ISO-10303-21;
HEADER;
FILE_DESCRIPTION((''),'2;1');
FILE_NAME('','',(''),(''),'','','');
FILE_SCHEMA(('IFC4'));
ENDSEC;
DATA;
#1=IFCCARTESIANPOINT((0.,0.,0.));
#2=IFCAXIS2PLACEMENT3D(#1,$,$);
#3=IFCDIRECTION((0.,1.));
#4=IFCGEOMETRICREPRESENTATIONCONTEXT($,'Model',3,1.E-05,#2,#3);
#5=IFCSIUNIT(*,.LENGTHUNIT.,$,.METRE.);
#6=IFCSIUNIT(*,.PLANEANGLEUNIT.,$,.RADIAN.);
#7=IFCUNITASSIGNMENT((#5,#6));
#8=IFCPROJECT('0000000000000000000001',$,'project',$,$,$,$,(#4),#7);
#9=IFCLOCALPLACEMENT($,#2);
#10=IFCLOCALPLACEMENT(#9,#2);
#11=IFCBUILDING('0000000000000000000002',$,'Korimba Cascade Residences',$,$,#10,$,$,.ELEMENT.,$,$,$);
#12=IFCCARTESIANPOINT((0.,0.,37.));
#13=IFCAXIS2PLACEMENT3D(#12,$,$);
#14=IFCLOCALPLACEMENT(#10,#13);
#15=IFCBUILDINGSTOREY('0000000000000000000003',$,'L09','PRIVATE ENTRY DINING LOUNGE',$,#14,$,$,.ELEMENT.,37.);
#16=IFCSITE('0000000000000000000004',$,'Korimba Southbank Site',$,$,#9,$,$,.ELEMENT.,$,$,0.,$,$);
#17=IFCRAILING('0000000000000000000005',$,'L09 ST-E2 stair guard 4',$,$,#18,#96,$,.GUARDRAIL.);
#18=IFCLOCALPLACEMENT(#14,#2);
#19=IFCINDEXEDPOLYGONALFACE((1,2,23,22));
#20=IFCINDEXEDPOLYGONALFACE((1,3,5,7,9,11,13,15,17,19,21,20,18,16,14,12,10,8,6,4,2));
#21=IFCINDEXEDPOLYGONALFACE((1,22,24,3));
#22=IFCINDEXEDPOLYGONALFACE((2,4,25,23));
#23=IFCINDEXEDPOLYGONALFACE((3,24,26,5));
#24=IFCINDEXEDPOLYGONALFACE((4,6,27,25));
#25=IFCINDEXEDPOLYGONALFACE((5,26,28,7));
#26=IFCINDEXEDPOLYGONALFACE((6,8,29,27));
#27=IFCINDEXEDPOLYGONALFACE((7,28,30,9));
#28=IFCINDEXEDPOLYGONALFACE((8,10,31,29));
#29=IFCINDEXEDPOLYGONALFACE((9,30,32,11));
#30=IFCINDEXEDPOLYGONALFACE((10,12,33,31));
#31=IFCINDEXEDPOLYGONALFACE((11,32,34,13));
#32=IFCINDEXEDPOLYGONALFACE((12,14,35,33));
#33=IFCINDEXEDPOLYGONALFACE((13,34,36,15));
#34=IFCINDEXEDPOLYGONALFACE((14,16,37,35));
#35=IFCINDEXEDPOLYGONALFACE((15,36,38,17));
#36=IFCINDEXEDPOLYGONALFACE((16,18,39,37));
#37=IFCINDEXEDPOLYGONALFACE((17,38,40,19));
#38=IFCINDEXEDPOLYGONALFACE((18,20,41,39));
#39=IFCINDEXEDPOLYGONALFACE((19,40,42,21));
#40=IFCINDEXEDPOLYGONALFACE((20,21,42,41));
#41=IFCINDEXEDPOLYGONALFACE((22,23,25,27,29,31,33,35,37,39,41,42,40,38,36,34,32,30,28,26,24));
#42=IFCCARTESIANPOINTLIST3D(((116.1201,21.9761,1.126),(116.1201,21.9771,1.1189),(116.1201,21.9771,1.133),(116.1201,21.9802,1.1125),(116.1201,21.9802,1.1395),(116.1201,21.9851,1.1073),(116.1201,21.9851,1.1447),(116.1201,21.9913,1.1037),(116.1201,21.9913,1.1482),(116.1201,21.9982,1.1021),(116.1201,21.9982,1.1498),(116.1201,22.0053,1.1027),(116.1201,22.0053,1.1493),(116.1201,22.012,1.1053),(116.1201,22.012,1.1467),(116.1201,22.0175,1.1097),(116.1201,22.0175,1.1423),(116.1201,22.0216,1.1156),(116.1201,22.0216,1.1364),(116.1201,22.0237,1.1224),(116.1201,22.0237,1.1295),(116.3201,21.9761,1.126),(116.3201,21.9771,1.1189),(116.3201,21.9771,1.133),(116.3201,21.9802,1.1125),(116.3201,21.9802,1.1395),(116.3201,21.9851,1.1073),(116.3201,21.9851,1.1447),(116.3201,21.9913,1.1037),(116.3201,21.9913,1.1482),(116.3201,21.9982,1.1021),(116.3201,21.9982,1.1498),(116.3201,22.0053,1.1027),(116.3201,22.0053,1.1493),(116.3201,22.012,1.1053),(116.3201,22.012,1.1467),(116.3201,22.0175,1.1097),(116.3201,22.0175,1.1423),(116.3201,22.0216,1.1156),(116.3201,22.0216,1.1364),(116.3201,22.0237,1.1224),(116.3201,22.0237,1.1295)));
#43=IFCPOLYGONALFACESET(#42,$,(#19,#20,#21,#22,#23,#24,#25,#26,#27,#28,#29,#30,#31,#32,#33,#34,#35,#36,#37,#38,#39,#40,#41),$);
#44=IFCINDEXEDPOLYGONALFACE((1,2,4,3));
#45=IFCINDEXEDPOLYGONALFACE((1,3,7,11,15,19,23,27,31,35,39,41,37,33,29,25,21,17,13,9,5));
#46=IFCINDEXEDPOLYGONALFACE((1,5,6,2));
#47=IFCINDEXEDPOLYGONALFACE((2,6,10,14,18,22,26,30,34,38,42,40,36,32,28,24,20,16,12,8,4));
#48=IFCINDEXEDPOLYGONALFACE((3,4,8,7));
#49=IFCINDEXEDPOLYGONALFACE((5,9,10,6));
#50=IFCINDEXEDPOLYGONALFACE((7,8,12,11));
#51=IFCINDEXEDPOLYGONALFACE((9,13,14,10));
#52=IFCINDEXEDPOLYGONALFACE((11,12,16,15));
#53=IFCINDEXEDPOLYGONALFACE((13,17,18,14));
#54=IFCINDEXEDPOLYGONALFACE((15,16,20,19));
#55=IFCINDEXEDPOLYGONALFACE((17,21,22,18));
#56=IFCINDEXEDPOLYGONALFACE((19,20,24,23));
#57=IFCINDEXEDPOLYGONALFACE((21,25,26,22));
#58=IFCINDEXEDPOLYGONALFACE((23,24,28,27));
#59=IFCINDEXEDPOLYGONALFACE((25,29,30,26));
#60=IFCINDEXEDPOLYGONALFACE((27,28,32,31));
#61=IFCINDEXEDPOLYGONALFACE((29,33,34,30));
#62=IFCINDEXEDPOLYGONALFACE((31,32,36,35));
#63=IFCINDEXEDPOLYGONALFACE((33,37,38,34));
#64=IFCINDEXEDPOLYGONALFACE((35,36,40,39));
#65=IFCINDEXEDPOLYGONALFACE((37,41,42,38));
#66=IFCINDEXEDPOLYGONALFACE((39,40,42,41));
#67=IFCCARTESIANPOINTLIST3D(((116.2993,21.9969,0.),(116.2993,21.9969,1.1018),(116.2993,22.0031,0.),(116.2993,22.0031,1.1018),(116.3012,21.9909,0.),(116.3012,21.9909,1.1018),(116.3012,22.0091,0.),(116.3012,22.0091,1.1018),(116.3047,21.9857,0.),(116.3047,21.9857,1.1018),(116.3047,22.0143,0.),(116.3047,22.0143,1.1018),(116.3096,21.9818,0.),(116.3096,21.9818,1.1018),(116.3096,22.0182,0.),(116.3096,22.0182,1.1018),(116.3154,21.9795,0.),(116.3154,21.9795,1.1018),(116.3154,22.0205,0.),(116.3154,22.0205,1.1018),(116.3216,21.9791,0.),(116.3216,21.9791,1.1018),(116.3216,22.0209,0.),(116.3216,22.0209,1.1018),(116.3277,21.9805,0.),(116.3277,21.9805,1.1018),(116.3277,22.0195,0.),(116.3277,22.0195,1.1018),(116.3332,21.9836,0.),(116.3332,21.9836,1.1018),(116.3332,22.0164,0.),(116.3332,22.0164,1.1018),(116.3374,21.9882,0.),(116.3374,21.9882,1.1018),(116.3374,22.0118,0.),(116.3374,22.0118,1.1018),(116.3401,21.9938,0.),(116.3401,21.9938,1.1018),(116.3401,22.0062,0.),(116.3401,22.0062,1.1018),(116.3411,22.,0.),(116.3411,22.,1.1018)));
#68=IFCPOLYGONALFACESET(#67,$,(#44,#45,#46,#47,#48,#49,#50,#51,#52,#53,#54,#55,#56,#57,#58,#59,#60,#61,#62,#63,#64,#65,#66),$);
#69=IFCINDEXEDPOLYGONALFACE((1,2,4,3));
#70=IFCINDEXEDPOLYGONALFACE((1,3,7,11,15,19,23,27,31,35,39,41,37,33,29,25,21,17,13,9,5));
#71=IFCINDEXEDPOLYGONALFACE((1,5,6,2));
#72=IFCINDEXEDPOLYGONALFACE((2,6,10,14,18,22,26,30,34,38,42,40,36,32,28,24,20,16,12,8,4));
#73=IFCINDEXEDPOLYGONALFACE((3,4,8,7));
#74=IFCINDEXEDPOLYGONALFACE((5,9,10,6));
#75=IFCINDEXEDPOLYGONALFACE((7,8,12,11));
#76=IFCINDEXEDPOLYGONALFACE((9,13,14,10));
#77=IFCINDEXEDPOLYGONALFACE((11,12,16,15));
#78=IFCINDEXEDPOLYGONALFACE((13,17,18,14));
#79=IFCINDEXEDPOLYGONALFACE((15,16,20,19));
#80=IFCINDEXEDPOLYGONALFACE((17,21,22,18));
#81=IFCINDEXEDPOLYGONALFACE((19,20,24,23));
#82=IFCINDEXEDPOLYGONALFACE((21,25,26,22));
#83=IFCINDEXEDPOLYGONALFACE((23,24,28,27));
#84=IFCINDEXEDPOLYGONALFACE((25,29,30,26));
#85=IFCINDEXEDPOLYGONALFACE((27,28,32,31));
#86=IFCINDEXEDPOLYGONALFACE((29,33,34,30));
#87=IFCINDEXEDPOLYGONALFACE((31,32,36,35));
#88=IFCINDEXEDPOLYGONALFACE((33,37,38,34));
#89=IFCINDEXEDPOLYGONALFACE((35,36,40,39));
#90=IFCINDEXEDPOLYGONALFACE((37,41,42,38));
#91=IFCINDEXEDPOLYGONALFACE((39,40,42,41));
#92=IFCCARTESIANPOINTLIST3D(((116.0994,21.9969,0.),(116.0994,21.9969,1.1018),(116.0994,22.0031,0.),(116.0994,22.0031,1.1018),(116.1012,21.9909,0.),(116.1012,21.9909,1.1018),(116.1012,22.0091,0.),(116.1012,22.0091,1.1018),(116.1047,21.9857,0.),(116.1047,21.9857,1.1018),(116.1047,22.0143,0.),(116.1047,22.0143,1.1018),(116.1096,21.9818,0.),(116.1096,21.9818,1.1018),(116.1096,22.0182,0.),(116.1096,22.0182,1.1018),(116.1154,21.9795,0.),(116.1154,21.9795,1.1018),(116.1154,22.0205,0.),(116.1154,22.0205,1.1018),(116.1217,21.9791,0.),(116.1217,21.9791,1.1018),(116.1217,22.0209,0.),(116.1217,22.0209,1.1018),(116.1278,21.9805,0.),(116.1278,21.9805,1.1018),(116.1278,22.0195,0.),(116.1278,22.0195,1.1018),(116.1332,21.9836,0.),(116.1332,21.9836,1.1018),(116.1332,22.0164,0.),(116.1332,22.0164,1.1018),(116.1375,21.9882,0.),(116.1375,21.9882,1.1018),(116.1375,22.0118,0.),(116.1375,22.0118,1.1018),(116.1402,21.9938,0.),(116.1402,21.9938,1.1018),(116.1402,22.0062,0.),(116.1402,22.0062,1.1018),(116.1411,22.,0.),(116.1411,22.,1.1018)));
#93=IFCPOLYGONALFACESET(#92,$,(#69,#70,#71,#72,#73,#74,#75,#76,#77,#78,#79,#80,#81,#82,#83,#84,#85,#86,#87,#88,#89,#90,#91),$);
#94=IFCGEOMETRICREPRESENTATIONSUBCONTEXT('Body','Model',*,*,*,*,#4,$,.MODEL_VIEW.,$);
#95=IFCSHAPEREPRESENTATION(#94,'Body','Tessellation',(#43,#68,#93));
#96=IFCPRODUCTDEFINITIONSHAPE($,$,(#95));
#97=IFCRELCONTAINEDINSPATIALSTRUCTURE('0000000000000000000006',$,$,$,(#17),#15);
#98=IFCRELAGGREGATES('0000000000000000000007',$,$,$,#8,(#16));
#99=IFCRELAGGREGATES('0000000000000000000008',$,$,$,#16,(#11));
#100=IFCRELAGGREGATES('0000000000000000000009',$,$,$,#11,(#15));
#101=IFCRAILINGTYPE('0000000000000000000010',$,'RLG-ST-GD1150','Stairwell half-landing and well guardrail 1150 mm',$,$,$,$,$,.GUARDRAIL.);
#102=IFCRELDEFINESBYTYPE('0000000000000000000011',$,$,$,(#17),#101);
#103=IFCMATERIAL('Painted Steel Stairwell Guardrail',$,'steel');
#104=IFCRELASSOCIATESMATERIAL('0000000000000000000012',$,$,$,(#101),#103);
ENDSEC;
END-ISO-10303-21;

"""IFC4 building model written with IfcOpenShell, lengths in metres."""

from ifc_helpers import new_model, si_unit, direction, frame, origin, origin_2d, place, context, subcontext, project, spatial, circle, extrude, material, type_object, element, save


model = new_model("IFC4")

# Units and contexts
model_context = context("Model", 3, precision=1e-05, world=origin(), true_north=direction((0.0, 1.0)))
body_context = subcontext(model_context, "Body", "Model", "MODEL_VIEW")
ifc_project = project(units=[si_unit("LENGTHUNIT", "METRE"), si_unit("PLANEANGLEUNIT", "RADIAN")], contexts=[model_context])

# Site, building, storey
site_placement = place(None, origin())
site = spatial("IfcSite", under=ifc_project, at=site_placement, Name="Korimba Southbank Site", CompositionType="ELEMENT", RefElevation=0.0)
building_placement = place(site_placement, origin())
building = spatial("IfcBuilding", under=site, at=building_placement, Name="Korimba Cascade Residences", CompositionType="ELEMENT")
storey_placement = place(building_placement, frame((0.0, 0.0, 37.0)))
storey = spatial("IfcBuildingStorey", under=building, at=storey_placement, Name="L09", Description="PRIVATE ENTRY DINING LOUNGE", CompositionType="ELEMENT", Elevation=37.0)

# Railing
ifc_material_1 = material(Name="Painted Steel Stairwell Guardrail", Category="steel")
railing_type_1 = type_object("IfcRailingType", Name="RLG-ST-GD1150", Description="Stairwell half-landing and well guardrail 1150 mm", PredefinedType="GUARDRAIL", material=ifc_material_1)
railing_1_placement = place(storey_placement, frame((116.3201, 22.0, 0.0)))
element("IfcRailing", 1, at=railing_1_placement, inside=storey, type_object=railing_type_1, Name="L09 ST-E2 stair guard 4", PredefinedType="GUARDRAIL", context=body_context, shape_type="SweptSolid", body=[
    extrude(circle(Radius=0.0239, at=origin_2d()), frame((0.0, 0.0, 1.126), z_axis=(-1.0, 0.0, 0.0), x_axis=(0.0, -1.0, 0.0)), (0.0, 0.0, 1.0), 0.2),
    extrude(circle(Radius=0.021, at=origin_2d()), origin(), (0.0, 0.0, 1.0), 1.1018),
    extrude(circle(Radius=0.021, at=origin_2d()), frame((-0.2, 0.0, 0.0)), (0.0, 0.0, 1.0), 1.1018),
])

save(model, "model.ifc")
